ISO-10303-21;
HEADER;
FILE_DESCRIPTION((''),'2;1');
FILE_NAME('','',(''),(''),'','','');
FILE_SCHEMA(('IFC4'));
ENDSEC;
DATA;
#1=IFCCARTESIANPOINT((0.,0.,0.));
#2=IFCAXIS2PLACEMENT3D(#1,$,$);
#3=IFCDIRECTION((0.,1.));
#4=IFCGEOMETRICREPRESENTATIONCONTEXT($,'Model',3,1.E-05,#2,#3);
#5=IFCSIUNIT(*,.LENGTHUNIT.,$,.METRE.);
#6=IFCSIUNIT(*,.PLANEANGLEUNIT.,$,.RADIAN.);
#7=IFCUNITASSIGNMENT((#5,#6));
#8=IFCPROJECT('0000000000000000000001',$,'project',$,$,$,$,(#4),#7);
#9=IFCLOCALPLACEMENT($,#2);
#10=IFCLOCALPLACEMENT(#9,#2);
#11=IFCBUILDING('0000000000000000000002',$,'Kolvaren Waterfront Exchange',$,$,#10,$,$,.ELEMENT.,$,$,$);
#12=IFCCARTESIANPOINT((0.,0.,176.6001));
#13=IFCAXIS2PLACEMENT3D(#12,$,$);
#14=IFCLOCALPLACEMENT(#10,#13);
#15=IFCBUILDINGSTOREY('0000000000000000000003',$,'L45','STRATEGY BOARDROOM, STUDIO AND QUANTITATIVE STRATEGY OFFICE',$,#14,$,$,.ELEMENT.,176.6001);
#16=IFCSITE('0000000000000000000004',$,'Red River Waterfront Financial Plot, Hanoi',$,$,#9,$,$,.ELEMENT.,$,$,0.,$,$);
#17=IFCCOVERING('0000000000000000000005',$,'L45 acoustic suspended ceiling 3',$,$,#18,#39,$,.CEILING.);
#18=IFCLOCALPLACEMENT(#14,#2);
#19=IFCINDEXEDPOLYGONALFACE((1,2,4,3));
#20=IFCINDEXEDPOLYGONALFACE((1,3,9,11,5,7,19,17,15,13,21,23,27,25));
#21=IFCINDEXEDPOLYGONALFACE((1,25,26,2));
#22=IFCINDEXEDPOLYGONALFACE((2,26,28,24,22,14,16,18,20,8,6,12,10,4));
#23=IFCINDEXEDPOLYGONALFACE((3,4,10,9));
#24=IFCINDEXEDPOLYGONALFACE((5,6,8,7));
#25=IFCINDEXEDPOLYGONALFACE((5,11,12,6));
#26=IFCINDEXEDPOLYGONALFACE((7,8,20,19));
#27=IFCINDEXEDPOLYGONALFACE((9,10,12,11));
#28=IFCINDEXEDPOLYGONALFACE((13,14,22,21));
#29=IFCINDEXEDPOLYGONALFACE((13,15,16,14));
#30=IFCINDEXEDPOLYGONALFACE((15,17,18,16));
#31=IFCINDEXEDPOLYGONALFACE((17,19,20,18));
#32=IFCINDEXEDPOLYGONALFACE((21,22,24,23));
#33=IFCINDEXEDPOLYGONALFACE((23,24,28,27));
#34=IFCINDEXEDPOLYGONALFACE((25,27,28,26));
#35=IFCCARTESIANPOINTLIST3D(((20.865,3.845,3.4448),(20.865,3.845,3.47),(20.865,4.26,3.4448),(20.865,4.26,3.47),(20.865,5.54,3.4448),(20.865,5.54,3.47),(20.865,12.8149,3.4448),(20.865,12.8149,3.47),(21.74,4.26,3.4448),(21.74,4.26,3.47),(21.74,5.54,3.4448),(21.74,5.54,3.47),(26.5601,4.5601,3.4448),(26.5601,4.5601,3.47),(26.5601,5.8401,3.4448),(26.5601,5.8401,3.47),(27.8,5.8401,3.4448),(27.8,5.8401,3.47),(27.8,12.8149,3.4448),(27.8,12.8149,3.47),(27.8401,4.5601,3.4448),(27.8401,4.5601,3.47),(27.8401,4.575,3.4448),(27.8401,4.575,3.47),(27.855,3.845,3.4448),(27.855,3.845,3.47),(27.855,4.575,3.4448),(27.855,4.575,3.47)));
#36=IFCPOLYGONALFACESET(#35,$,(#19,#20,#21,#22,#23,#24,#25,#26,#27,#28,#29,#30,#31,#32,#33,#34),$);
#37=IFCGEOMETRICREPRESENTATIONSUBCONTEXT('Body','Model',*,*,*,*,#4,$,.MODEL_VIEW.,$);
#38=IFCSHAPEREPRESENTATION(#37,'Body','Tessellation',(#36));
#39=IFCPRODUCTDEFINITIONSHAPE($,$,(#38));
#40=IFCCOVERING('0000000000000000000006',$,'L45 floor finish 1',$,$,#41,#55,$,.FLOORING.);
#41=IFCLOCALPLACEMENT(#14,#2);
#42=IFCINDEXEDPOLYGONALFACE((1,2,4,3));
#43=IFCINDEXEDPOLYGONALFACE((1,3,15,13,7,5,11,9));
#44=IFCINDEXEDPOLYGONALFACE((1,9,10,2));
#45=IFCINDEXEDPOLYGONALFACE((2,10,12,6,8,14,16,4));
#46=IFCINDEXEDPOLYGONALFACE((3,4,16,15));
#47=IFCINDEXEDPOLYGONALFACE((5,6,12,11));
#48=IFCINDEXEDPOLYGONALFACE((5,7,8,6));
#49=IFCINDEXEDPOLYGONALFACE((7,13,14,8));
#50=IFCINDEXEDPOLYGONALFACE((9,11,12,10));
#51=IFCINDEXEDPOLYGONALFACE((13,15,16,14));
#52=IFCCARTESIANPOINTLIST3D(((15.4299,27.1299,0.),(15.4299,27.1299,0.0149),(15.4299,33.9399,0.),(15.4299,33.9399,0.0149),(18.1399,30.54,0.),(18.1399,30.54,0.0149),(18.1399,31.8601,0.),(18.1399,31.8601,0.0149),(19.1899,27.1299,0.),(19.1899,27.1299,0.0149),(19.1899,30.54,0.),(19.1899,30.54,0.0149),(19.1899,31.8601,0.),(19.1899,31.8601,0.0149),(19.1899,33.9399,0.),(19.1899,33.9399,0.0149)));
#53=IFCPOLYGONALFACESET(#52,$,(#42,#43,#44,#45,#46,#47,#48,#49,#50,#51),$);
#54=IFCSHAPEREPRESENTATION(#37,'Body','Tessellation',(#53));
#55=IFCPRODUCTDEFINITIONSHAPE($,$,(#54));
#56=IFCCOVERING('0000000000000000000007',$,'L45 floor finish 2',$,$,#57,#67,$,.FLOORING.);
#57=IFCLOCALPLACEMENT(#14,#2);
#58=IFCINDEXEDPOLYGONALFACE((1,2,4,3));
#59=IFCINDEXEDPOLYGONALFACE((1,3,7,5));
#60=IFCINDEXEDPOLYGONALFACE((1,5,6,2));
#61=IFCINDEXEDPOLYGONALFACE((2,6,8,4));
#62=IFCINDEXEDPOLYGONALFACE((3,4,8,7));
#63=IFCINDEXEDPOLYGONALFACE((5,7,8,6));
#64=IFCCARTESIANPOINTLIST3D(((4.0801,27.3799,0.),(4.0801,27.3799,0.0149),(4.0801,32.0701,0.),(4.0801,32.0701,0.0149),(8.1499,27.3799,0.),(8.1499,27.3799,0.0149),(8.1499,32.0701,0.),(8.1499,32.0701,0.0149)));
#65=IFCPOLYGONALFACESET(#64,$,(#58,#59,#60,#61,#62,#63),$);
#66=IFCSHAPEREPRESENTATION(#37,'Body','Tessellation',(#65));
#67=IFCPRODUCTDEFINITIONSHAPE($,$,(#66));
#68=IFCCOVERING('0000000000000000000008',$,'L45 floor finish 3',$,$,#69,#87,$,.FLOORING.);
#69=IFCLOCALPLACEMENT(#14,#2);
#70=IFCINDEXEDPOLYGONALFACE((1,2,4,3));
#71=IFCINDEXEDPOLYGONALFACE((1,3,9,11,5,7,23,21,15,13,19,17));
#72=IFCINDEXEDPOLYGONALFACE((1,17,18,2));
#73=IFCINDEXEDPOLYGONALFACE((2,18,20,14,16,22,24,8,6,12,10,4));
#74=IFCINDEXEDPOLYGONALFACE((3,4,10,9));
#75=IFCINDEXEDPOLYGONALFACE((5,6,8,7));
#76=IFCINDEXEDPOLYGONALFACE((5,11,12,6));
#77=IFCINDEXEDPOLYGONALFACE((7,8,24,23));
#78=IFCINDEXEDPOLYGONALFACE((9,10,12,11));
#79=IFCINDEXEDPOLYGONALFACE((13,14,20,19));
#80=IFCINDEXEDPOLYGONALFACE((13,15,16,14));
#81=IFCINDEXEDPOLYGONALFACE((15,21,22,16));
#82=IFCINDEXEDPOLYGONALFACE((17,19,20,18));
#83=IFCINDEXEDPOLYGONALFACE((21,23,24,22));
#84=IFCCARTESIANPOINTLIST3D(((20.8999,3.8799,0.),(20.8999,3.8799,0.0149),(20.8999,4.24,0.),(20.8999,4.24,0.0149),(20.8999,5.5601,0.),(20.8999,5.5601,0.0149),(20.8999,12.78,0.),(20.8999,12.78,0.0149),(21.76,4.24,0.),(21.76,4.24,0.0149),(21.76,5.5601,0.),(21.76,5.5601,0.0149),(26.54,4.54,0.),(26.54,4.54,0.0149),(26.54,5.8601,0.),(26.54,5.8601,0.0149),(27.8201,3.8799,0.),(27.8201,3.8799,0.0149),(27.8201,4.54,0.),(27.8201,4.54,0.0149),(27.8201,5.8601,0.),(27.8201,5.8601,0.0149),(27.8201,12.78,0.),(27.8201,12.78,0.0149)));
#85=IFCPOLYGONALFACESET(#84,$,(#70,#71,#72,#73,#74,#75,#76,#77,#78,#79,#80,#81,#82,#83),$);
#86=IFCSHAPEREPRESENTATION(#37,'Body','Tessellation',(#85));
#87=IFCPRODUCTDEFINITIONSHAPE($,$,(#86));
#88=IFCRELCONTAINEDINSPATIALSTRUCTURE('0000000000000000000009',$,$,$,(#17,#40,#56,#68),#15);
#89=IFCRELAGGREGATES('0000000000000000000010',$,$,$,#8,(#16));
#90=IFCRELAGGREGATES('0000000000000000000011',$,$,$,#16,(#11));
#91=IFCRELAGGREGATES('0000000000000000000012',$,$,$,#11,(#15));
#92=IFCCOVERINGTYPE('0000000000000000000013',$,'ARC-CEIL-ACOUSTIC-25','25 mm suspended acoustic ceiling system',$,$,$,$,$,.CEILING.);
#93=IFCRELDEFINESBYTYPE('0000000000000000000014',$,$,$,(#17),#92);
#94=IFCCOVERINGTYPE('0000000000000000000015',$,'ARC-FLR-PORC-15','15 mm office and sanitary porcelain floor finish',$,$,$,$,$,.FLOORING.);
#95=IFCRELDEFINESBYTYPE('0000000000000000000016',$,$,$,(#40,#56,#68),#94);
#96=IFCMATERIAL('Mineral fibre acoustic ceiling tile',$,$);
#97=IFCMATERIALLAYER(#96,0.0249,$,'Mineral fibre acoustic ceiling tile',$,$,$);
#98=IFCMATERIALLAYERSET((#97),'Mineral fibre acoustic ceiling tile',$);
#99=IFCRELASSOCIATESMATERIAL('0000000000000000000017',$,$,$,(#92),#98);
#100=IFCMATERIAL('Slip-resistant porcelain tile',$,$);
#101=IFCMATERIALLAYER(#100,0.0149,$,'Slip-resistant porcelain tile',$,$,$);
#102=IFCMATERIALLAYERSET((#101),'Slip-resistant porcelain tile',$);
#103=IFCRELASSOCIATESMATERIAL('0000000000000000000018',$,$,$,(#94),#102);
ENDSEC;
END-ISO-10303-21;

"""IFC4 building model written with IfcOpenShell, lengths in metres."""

from ifc_helpers import new_model, si_unit, direction, frame, origin, place, context, subcontext, project, spatial, polyline, outline, extrude, material, layer, layer_set, type_object, element, save


model = new_model("IFC4")

# Units and contexts
model_context = context("Model", 3, precision=1e-05, world=origin(), true_north=direction((0.0, 1.0)))
body_context = subcontext(model_context, "Body", "Model", "MODEL_VIEW")
ifc_project = project(units=[si_unit("LENGTHUNIT", "METRE"), si_unit("PLANEANGLEUNIT", "RADIAN")], contexts=[model_context])

# Site, building, storey
site_placement = place(None, origin())
site = spatial("IfcSite", under=ifc_project, at=site_placement, Name="Red River Waterfront Financial Plot, Hanoi", CompositionType="ELEMENT", RefElevation=0.0)
building_placement = place(site_placement, origin())
building = spatial("IfcBuilding", under=site, at=building_placement, Name="Kolvaren Waterfront Exchange", CompositionType="ELEMENT")
storey_placement = place(building_placement, frame((0.0, 0.0, 176.6001)))
storey = spatial("IfcBuildingStorey", under=building, at=storey_placement, Name="L45", Description="STRATEGY BOARDROOM, STUDIO AND QUANTITATIVE STRATEGY OFFICE", CompositionType="ELEMENT", Elevation=176.6001)

# Coverings
ifc_material_1 = material(Name="Mineral fibre acoustic ceiling tile")
ifc_layer_1 = layer(ifc_material_1, 0.0249, Name="Mineral fibre acoustic ceiling tile")
ifc_layer_set_1 = layer_set([ifc_layer_1], Name="Mineral fibre acoustic ceiling tile")
covering_type_1 = type_object("IfcCoveringType", Name="ARC-CEIL-ACOUSTIC-25", Description="25 mm suspended acoustic ceiling system", PredefinedType="CEILING", material=ifc_layer_set_1)
covering_1_placement = place(storey_placement, frame((0.0, 0.0, 3.4448)))
element("IfcCovering", 1, at=covering_1_placement, inside=storey, type_object=covering_type_1, Name="L45 acoustic suspended ceiling 3", PredefinedType="CEILING", context=body_context, shape_type="SweptSolid", body=[
    extrude(outline(polyline([(20.865, 5.54), (21.74, 5.54), (21.74, 4.26), (20.865, 4.26), (20.865, 3.845), (27.855, 3.845), (27.855, 4.575), (27.8401, 4.575), (27.8401, 4.5601), (26.5601, 4.5601), (26.5601, 5.8401), (27.8, 5.8401), (27.8, 12.8149), (20.865, 12.8149), (20.865, 5.54)])), origin(), (0.0, 0.0, 1.0), 0.0251),
])
ifc_material_2 = material(Name="Slip-resistant porcelain tile")
ifc_layer_2 = layer(ifc_material_2, 0.0149, Name="Slip-resistant porcelain tile")
ifc_layer_set_2 = layer_set([ifc_layer_2], Name="Slip-resistant porcelain tile")
covering_type_2 = type_object("IfcCoveringType", Name="ARC-FLR-PORC-15", Description="15 mm office and sanitary porcelain floor finish", PredefinedType="FLOORING", material=ifc_layer_set_2)
covering_2_placement = place(storey_placement, origin())
element("IfcCovering", 2, at=covering_2_placement, inside=storey, type_object=covering_type_2, Name="L45 floor finish 1", PredefinedType="FLOORING", context=body_context, shape_type="SweptSolid", body=[
    extrude(outline(polyline([(15.4299, 33.9399), (15.4299, 27.1299), (19.1899, 27.1299), (19.1899, 30.54), (18.1399, 30.54), (18.1399, 31.8601), (19.1899, 31.8601), (19.1899, 33.9399), (15.4299, 33.9399)])), origin(), (0.0, 0.0, 1.0), 0.0149),
])
covering_3_placement = place(storey_placement, origin())
element("IfcCovering", 3, at=covering_3_placement, inside=storey, type_object=covering_type_2, Name="L45 floor finish 2", PredefinedType="FLOORING", context=body_context, shape_type="SweptSolid", body=[
    extrude(outline(polyline([(4.0801, 32.0701), (4.0801, 27.3799), (8.1499, 27.3799), (8.1499, 32.0701), (4.0801, 32.0701)])), origin(), (0.0, 0.0, 1.0), 0.0149),
])
covering_4_placement = place(storey_placement, origin())
element("IfcCovering", 4, at=covering_4_placement, inside=storey, type_object=covering_type_2, Name="L45 floor finish 3", PredefinedType="FLOORING", context=body_context, shape_type="SweptSolid", body=[
    extrude(outline(polyline([(20.8999, 4.24), (20.8999, 3.8799), (27.8201, 3.8799), (27.8201, 4.54), (26.54, 4.54), (26.54, 5.8601), (27.8201, 5.8601), (27.8201, 12.78), (20.8999, 12.78), (20.8999, 5.5601), (21.76, 5.5601), (21.76, 4.24), (20.8999, 4.24)])), origin(), (0.0, 0.0, 1.0), 0.0149),
])

save(model, "model.ifc")
